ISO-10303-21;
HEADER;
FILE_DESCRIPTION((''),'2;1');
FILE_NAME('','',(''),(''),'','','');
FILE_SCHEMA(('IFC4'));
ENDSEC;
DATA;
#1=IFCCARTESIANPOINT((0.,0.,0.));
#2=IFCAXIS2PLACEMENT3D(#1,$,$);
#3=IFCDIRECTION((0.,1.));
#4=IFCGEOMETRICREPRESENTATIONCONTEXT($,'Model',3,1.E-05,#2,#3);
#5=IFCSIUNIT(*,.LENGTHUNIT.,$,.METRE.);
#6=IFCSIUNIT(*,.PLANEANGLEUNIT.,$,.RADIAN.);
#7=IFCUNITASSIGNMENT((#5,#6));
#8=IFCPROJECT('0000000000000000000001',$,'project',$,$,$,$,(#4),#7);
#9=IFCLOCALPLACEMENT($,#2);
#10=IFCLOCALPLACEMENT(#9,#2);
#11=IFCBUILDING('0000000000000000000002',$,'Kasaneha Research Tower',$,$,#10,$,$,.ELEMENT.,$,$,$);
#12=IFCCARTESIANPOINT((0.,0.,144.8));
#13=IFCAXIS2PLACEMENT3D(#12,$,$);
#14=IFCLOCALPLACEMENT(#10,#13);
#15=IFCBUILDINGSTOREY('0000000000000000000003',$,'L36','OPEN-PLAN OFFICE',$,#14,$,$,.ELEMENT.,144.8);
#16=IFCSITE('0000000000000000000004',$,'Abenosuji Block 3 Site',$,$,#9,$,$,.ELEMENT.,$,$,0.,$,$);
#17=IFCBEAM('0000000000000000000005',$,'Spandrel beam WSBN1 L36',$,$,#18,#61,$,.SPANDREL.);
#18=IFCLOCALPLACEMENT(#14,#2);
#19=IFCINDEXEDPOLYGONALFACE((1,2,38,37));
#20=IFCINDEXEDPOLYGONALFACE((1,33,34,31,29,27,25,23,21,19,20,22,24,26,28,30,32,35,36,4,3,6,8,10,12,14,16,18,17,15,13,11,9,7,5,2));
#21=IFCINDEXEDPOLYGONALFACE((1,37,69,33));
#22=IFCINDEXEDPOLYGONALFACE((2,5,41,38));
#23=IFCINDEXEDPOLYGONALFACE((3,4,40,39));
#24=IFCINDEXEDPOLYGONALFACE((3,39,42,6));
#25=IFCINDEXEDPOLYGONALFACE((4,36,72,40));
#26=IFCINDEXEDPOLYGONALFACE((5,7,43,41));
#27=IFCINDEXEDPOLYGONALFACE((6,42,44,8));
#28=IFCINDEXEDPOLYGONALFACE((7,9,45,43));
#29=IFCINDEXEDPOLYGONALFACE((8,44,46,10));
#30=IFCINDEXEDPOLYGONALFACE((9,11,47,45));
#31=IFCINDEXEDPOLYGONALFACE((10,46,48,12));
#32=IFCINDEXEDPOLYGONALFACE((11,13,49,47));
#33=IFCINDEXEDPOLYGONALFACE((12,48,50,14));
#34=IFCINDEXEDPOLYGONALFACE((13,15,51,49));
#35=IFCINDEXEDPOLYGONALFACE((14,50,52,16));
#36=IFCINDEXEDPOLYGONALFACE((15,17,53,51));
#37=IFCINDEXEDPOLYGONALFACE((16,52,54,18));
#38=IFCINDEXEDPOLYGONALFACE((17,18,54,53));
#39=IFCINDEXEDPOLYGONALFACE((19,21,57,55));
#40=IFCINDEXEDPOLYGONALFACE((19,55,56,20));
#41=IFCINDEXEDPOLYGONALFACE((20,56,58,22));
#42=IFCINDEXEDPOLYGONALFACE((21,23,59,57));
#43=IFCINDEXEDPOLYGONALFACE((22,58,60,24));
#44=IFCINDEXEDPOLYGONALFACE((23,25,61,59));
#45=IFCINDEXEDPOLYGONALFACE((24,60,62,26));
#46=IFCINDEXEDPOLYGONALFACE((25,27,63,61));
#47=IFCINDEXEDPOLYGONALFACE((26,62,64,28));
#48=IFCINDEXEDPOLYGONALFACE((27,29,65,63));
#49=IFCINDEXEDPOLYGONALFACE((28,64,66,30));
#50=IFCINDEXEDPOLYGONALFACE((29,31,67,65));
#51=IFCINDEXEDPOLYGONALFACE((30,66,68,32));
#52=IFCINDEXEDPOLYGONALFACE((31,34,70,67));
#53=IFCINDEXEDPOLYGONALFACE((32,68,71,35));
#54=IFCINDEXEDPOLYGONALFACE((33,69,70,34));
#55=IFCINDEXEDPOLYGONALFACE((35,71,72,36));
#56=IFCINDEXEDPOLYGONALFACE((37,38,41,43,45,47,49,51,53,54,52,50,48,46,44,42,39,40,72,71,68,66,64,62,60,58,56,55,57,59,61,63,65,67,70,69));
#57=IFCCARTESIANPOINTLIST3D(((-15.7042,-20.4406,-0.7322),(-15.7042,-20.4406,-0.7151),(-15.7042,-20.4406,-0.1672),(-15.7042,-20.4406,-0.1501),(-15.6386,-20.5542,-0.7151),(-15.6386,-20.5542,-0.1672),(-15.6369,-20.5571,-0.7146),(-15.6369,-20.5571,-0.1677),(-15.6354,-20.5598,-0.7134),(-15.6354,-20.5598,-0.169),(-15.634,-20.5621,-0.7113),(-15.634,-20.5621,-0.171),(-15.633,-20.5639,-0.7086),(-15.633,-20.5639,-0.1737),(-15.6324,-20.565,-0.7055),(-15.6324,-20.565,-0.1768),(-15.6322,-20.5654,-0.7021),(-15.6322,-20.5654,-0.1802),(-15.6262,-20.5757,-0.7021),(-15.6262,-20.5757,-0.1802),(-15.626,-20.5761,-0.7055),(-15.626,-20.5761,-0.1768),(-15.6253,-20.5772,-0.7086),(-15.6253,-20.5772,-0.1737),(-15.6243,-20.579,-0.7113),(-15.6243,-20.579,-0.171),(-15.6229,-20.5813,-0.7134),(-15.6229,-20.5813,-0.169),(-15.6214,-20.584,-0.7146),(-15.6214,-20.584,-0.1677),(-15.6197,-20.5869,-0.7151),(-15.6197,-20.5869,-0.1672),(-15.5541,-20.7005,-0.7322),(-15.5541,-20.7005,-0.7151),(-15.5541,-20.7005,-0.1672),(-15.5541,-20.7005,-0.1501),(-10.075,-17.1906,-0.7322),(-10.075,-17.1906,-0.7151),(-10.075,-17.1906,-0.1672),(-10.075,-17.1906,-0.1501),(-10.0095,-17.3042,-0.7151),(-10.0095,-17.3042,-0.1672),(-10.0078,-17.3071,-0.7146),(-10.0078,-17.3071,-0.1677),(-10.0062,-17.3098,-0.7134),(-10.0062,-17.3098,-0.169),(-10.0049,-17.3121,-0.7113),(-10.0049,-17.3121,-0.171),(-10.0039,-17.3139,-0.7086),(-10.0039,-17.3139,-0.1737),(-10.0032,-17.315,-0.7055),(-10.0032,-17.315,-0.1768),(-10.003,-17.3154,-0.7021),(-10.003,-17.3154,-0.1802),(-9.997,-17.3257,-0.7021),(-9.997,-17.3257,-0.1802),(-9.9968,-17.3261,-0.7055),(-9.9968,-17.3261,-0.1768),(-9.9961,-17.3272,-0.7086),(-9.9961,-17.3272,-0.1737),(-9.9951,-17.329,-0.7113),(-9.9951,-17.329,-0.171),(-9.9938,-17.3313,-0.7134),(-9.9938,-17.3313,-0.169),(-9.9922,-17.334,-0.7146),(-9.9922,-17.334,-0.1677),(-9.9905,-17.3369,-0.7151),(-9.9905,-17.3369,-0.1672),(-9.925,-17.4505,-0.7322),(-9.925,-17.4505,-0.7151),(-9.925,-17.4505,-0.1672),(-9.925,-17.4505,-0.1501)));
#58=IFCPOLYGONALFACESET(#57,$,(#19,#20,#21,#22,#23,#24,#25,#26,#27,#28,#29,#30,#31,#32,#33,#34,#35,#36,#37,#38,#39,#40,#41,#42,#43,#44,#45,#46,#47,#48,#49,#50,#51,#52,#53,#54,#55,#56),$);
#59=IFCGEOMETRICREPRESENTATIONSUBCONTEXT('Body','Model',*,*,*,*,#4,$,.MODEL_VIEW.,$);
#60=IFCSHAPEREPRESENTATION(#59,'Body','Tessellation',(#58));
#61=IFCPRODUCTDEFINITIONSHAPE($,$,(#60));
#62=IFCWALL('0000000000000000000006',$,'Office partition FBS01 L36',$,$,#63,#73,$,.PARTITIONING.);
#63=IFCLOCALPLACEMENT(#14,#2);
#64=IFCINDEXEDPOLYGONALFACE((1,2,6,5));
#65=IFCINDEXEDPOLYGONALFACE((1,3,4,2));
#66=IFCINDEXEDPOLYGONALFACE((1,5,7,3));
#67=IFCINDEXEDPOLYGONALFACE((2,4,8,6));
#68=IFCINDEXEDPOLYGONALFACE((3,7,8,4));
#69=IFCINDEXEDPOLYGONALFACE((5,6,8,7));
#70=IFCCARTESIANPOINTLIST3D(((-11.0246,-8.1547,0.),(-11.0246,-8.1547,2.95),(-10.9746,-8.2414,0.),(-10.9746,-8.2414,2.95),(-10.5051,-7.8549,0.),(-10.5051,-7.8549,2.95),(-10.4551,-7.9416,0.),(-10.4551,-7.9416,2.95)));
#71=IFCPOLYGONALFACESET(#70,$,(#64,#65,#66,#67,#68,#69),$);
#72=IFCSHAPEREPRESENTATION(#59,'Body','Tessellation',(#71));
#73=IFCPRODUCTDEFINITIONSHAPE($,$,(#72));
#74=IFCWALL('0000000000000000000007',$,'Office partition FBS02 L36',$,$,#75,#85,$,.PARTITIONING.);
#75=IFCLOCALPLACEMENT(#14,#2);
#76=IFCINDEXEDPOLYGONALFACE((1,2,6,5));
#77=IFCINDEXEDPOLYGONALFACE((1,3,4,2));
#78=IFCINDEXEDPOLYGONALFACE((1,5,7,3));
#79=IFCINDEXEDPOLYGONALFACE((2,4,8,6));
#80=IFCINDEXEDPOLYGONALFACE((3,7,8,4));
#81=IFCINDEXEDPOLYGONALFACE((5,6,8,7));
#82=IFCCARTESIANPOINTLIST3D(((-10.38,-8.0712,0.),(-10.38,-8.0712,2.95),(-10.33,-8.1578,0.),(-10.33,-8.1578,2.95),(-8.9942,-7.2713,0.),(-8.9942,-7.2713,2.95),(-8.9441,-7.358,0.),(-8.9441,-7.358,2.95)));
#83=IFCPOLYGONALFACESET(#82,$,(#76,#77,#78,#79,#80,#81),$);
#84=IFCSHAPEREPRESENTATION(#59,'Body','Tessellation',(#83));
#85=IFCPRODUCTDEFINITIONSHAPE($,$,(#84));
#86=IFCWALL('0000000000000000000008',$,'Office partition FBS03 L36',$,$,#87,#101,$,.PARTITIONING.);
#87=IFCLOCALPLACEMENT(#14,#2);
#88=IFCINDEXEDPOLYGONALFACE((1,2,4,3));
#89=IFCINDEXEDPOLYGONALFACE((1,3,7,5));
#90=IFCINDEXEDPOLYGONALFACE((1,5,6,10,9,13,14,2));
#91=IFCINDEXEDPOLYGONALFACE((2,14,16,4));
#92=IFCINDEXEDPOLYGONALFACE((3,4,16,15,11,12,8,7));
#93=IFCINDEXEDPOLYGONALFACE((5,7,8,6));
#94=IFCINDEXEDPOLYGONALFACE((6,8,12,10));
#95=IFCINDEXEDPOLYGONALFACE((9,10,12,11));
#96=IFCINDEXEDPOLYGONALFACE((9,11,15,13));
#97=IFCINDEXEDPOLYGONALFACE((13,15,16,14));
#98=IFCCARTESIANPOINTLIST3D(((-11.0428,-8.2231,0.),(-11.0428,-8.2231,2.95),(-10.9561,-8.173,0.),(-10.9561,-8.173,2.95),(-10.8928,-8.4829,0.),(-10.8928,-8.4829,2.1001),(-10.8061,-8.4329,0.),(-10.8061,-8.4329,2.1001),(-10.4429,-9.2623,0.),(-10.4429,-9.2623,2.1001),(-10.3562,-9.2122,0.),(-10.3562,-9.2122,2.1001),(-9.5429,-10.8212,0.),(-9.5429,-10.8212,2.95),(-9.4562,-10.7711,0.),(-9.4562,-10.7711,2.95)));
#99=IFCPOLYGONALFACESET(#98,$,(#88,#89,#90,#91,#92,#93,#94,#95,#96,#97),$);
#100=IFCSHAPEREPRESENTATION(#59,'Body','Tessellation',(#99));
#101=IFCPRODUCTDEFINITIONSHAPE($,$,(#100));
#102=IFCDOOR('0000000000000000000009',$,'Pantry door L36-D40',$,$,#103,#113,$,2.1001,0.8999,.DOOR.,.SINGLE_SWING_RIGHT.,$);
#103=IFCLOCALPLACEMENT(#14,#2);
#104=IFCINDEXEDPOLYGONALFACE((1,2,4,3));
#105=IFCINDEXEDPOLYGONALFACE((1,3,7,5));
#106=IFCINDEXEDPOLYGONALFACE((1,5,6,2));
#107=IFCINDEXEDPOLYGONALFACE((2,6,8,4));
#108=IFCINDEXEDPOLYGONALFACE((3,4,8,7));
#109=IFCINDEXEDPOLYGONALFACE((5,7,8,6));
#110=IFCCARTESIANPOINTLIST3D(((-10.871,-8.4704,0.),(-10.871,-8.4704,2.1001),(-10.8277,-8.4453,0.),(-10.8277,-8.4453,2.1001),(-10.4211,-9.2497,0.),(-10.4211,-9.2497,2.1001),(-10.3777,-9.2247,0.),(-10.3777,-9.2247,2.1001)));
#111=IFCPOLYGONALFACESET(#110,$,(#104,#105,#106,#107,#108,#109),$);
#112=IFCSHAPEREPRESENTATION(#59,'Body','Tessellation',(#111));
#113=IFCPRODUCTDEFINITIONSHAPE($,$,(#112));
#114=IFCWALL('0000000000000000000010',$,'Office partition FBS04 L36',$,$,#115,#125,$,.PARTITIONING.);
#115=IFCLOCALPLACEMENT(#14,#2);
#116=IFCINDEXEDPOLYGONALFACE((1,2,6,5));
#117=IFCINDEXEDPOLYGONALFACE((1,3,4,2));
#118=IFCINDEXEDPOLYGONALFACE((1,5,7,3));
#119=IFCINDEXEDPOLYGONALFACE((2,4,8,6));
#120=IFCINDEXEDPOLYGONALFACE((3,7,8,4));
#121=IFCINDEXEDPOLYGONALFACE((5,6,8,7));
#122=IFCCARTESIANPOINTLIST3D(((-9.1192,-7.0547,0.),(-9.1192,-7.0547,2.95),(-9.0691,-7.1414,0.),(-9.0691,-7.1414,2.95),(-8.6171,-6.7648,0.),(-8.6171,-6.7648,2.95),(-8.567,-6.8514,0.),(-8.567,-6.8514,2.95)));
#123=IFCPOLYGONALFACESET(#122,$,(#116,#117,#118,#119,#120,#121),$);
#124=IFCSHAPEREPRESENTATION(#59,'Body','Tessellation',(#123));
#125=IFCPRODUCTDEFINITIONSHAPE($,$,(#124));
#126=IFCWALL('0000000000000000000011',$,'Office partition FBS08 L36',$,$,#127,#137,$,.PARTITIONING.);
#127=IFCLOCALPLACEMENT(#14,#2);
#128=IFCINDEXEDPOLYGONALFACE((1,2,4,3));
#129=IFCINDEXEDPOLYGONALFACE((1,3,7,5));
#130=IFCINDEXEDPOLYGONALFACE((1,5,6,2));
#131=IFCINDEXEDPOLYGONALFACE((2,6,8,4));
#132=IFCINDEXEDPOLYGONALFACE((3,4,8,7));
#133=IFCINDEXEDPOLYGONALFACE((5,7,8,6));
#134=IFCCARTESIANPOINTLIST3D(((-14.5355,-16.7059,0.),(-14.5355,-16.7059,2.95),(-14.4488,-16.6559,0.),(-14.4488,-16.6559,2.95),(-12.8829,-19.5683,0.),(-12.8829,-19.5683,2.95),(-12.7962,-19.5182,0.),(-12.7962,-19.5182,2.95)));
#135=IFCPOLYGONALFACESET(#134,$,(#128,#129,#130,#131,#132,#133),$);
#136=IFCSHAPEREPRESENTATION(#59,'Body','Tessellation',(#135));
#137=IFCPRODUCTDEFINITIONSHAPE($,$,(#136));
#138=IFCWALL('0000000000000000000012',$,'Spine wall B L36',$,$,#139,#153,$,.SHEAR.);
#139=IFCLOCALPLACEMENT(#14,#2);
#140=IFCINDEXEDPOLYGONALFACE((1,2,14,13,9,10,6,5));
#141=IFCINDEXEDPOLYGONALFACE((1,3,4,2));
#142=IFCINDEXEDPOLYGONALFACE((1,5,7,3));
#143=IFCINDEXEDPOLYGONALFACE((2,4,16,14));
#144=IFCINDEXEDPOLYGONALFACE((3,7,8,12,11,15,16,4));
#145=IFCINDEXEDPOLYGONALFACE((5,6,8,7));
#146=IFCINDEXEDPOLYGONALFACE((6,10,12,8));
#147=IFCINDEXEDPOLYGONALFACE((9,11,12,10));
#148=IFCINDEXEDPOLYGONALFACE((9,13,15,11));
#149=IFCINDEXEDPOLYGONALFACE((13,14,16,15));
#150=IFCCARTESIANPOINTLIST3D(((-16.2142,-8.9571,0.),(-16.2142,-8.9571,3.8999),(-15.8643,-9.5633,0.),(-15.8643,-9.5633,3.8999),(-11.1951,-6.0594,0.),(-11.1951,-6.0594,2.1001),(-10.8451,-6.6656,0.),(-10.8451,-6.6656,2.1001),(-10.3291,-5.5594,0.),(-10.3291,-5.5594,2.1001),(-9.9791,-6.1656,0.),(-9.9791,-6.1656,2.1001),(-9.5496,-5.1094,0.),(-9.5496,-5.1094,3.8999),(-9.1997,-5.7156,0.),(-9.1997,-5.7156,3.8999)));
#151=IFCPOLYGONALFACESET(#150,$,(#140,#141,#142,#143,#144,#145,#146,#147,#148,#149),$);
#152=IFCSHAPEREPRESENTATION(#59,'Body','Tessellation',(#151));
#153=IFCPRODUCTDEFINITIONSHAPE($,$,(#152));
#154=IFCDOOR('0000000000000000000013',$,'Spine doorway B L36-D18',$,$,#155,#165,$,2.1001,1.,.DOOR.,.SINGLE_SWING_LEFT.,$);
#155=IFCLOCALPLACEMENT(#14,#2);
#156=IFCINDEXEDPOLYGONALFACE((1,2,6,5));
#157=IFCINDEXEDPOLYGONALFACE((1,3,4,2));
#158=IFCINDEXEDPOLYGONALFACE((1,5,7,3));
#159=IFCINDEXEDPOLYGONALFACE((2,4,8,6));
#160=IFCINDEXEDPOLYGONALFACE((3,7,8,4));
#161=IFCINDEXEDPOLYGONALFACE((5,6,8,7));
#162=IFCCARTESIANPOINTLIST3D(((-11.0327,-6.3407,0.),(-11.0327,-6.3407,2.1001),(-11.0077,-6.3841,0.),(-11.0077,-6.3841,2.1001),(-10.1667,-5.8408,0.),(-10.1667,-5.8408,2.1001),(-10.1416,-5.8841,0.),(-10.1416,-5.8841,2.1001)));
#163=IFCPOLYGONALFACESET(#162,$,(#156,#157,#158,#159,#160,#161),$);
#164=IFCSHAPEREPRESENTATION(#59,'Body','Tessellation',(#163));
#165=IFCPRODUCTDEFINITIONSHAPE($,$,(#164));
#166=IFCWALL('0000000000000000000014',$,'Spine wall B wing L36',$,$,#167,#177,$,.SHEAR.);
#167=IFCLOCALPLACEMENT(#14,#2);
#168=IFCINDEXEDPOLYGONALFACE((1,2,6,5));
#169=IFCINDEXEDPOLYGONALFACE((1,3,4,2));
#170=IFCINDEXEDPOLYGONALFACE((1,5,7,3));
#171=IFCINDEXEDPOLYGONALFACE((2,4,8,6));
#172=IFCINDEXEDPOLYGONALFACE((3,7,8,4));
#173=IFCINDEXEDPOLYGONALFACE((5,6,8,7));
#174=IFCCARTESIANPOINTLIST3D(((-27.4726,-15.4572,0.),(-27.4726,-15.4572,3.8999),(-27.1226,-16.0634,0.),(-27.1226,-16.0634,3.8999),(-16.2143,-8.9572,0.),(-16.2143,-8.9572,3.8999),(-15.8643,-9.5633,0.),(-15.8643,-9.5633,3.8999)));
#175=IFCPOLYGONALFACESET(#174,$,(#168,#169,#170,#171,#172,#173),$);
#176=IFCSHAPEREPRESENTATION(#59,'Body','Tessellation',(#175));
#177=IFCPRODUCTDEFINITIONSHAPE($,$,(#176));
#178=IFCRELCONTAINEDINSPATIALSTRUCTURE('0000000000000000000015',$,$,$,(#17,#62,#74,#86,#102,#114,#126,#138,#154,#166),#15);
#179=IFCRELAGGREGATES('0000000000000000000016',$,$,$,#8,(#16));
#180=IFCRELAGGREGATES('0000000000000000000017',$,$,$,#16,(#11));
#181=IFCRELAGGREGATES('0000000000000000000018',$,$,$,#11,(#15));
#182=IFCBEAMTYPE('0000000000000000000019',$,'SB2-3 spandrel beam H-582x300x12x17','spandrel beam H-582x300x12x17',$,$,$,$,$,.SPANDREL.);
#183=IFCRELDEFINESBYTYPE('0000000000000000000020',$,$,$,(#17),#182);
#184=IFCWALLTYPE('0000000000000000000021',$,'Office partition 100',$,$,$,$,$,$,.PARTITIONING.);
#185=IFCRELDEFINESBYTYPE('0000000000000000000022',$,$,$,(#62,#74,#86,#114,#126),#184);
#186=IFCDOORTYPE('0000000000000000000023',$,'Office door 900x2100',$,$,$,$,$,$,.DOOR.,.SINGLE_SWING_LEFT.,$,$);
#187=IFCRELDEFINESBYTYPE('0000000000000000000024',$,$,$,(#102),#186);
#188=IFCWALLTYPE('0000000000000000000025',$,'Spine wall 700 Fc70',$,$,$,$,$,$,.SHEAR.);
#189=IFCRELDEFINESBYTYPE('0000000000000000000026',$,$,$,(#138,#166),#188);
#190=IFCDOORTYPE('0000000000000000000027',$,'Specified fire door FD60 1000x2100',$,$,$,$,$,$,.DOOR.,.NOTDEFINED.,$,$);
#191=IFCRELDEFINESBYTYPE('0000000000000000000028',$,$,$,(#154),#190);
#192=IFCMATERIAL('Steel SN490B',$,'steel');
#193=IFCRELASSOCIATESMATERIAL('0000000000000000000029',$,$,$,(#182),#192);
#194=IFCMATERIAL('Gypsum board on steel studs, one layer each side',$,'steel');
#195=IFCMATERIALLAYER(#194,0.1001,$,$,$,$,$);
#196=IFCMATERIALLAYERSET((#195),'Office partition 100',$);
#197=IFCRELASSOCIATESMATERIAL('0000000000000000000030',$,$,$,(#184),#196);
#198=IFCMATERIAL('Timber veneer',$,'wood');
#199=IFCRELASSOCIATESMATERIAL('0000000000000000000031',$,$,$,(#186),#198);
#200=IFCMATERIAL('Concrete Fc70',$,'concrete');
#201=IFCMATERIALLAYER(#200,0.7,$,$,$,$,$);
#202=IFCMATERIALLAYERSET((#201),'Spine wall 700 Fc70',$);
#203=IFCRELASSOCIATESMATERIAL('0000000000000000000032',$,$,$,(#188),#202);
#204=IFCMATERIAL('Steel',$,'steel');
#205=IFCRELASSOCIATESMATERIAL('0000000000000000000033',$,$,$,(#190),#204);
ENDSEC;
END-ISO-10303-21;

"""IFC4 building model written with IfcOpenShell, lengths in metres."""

from ifc_helpers import new_model, si_unit, direction, frame, frame_2d, origin, origin_2d, place, context, subcontext, project, spatial, rectangle, i_section, extrude, material, layer, layer_set, material_profile, profile_set, type_object, element, fill, save


model = new_model("IFC4")

# Units and contexts
model_context = context("Model", 3, precision=1e-05, world=origin(), true_north=direction((0.0, 1.0)))
body_context = subcontext(model_context, "Body", "Model", "MODEL_VIEW")
ifc_project = project(units=[si_unit("LENGTHUNIT", "METRE"), si_unit("PLANEANGLEUNIT", "RADIAN")], contexts=[model_context])

# Site, building, storey
site_placement = place(None, origin())
site = spatial("IfcSite", under=ifc_project, at=site_placement, Name="Abenosuji Block 3 Site", CompositionType="ELEMENT", RefElevation=0.0)
building_placement = place(site_placement, origin())
building = spatial("IfcBuilding", under=site, at=building_placement, Name="Kasaneha Research Tower", CompositionType="ELEMENT")
storey_placement = place(building_placement, frame((0.0, 0.0, 144.8)))
storey = spatial("IfcBuildingStorey", under=building, at=storey_placement, Name="L36", Description="OPEN-PLAN OFFICE", CompositionType="ELEMENT", Elevation=144.8)

# Beam
ifc_material_1 = material(Name="Steel SN490B", Category="steel")
ifc_material_profile_1 = material_profile(ifc_material_1, i_section(OverallWidth=0.3, OverallDepth=0.582, WebThickness=0.012, FlangeThickness=0.0171, FilletRadius=0.0129, at=origin_2d()), Name="H-582x300x12x17")
ifc_profile_set_1 = profile_set([ifc_material_profile_1], Name="Steel SN490B")
beam_type_1 = type_object("IfcBeamType", Name="SB2-3 spandrel beam H-582x300x12x17", Description="spandrel beam H-582x300x12x17", PredefinedType="SPANDREL", material=ifc_profile_set_1)
beam_1_placement = place(storey_placement, frame((-10.0, -17.3206, -0.4412), z_axis=(-0.866025, -0.500001, 0.0), x_axis=(0.500001, -0.866025, 0.0)))
element("IfcBeam", 1, at=beam_1_placement, inside=storey, type_object=beam_type_1, Name="Spandrel beam WSBN1 L36", PredefinedType="SPANDREL", context=body_context, shape_type="SweptSolid", body=[
    extrude(i_section(OverallWidth=0.3, OverallDepth=0.582, WebThickness=0.012, FlangeThickness=0.0171, FilletRadius=0.0129, at=origin_2d()), origin(), (0.0, 0.0, 1.0), 6.5),
])

# Walls
ifc_material_2 = material(Name="Gypsum board on steel studs, one layer each side", Category="steel")
ifc_layer_1 = layer(ifc_material_2, 0.1001)
ifc_layer_set_1 = layer_set([ifc_layer_1], Name="Office partition 100")
wall_type_1 = type_object("IfcWallType", Name="Office partition 100", PredefinedType="PARTITIONING", material=ifc_layer_set_1)
wall_1_placement = place(storey_placement, frame((-10.9995, -8.198, 0.0), z_axis=(0.0, 0.0, 1.0), x_axis=(0.866131, 0.499816, 0.0)))
element("IfcWall", 2, at=wall_1_placement, inside=storey, type_object=wall_type_1, Name="Office partition FBS01 L36", PredefinedType="PARTITIONING", context=body_context, shape_type="SweptSolid", body=[
    extrude(rectangle(XDim=0.5999, YDim=0.1001, at=frame_2d((0.2998, 0.0))), origin(), (0.0, 0.0, 1.0), 2.95),
])
wall_2_placement = place(storey_placement, frame((-10.355, -8.1145, 0.0), z_axis=(0.0, 0.0, 1.0), x_axis=(0.866094, 0.499881, 0.0)))
element("IfcWall", 3, at=wall_2_placement, inside=storey, type_object=wall_type_1, Name="Office partition FBS02 L36", PredefinedType="PARTITIONING", context=body_context, shape_type="SweptSolid", body=[
    extrude(rectangle(XDim=1.6001, YDim=0.1001, at=frame_2d((0.8, 0.0))), origin(), (0.0, 0.0, 1.0), 2.95),
])

# Wall, opening, door
wall_3_placement = place(storey_placement, frame((-9.4995, -10.7961, 0.0), z_axis=(0.0, 0.0, 1.0), x_axis=(-0.49999, 0.866031, 0.0)))
wall_3 = element("IfcWall", 4, at=wall_3_placement, inside=storey, type_object=wall_type_1, Name="Office partition FBS03 L36", PredefinedType="PARTITIONING", context=body_context, shape_type="SweptSolid", body=[
    extrude(rectangle(XDim=3.0, YDim=0.1001, at=frame_2d((1.5, 0.0))), origin(), (0.0, 0.0, 1.0), 2.95),
])
opening_1_placement = place(wall_3_placement, frame((1.8, 0.0, 0.0)))
opening_1 = element("IfcOpeningElement", 5, at=opening_1_placement, cuts=wall_3, PredefinedType="OPENING", context=body_context, shape_type="SweptSolid", body=[
    extrude(rectangle(XDim=0.8999, YDim=2.1001, at=frame_2d((0.45, 1.05))), frame((0.0, 0.0601, 0.0), z_axis=(0.0, -1.0, 0.0), x_axis=(1.0, 0.0, 0.0)), (0.0, 0.0, 1.0), 0.1201),
])
ifc_material_3 = material(Name="Timber veneer", Category="wood")
door_type_1 = type_object("IfcDoorType", Name="Office door 900x2100", OperationType="SINGLE_SWING_LEFT", PredefinedType="DOOR", material=ifc_material_3)
door_1_placement = place(opening_1_placement, origin())
door_1 = element("IfcDoor", 6, at=door_1_placement, inside=storey, type_object=door_type_1, Name="Pantry door L36-D40", OperationType="SINGLE_SWING_RIGHT", OverallHeight=2.1001, OverallWidth=0.8999, PredefinedType="DOOR", context=body_context, shape_type="SweptSolid", body=[
    extrude(rectangle(XDim=0.8999, YDim=2.1001, at=frame_2d((0.45, 1.05))), frame((0.0, 0.0249, 0.0), z_axis=(0.0, -1.0, 0.0), x_axis=(1.0, 0.0, 0.0)), (0.0, 0.0, 1.0), 0.05),
])
fill(opening_1, door_1)

# Walls
wall_4_placement = place(storey_placement, frame((-9.0942, -7.0981, 0.0), z_axis=(0.0, 0.0, 1.0), x_axis=(0.865954, 0.500123, 0.0)))
element("IfcWall", 7, at=wall_4_placement, inside=storey, type_object=wall_type_1, Name="Office partition FBS04 L36", PredefinedType="PARTITIONING", context=body_context, shape_type="SweptSolid", body=[
    extrude(rectangle(XDim=0.5798, YDim=0.1001, at=frame_2d((0.29, 0.0))), origin(), (0.0, 0.0, 1.0), 2.95),
])
wall_5_placement = place(storey_placement, frame((-14.4922, -16.6809, 0.0), z_axis=(0.0, 0.0, 1.0), x_axis=(0.500008, -0.866021, 0.0)))
element("IfcWall", 8, at=wall_5_placement, inside=storey, type_object=wall_type_1, Name="Office partition FBS08 L36", PredefinedType="PARTITIONING", context=body_context, shape_type="SweptSolid", body=[
    extrude(rectangle(XDim=3.3052, YDim=0.1001, at=frame_2d((1.6526, 0.0))), origin(), (0.0, 0.0, 1.0), 2.95),
])

# Wall, opening, door
ifc_material_4 = material(Name="Concrete Fc70", Category="concrete")
ifc_layer_2 = layer(ifc_material_4, 0.7)
ifc_layer_set_2 = layer_set([ifc_layer_2], Name="Spine wall 700 Fc70")
wall_type_2 = type_object("IfcWallType", Name="Spine wall 700 Fc70", PredefinedType="SHEAR", material=ifc_layer_set_2)
wall_6_placement = place(storey_placement, frame((-9.3748, -5.4126, 0.0), z_axis=(0.0, 0.0, 1.0), x_axis=(-0.866032, -0.499988, 0.0)))
wall_6 = element("IfcWall", 9, at=wall_6_placement, inside=storey, type_object=wall_type_2, Name="Spine wall B L36", PredefinedType="SHEAR", context=body_context, shape_type="SweptSolid", body=[
    extrude(rectangle(XDim=7.6956, YDim=0.7, at=frame_2d((3.8477, 0.0))), origin(), (0.0, 0.0, 1.0), 3.8999),
])
opening_2_placement = place(wall_6_placement, frame((0.8999, 0.0, 0.0)))
opening_2 = element("IfcOpeningElement", 10, at=opening_2_placement, cuts=wall_6, PredefinedType="OPENING", context=body_context, shape_type="SweptSolid", body=[
    extrude(rectangle(XDim=1.0, YDim=2.1001, at=frame_2d((0.5, 1.05))), frame((0.0, 0.3599, 0.0), z_axis=(0.0, -1.0, 0.0), x_axis=(1.0, 0.0, 0.0)), (0.0, 0.0, 1.0), 0.72),
])
ifc_material_5 = material(Name="Steel", Category="steel")
door_type_2 = type_object("IfcDoorType", Name="Specified fire door FD60 1000x2100", OperationType="NOTDEFINED", PredefinedType="DOOR", material=ifc_material_5)
door_2_placement = place(opening_2_placement, origin())
door_2 = element("IfcDoor", 11, at=door_2_placement, inside=storey, type_object=door_type_2, Name="Spine doorway B L36-D18", OperationType="SINGLE_SWING_LEFT", OverallHeight=2.1001, OverallWidth=1.0, PredefinedType="DOOR", context=body_context, shape_type="SweptSolid", body=[
    extrude(rectangle(XDim=1.0, YDim=2.1001, at=frame_2d((0.5, 1.05))), frame((0.0, 0.0249, 0.0), z_axis=(0.0, -1.0, 0.0), x_axis=(1.0, 0.0, 0.0)), (0.0, 0.0, 1.0), 0.05),
])
fill(opening_2, door_2)

# Wall
wall_7_placement = place(storey_placement, frame((-16.0393, -9.2603, 0.0), z_axis=(0.0, 0.0, 1.0), x_axis=(-0.866025, -0.500001, 0.0)))
element("IfcWall", 12, at=wall_7_placement, inside=storey, type_object=wall_type_2, Name="Spine wall B wing L36", PredefinedType="SHEAR", context=body_context, shape_type="SweptSolid", body=[
    extrude(rectangle(XDim=13.0, YDim=0.7, at=frame_2d((6.5, 0.0))), origin(), (0.0, 0.0, 1.0), 3.8999),
])

save(model, "model.ifc")
